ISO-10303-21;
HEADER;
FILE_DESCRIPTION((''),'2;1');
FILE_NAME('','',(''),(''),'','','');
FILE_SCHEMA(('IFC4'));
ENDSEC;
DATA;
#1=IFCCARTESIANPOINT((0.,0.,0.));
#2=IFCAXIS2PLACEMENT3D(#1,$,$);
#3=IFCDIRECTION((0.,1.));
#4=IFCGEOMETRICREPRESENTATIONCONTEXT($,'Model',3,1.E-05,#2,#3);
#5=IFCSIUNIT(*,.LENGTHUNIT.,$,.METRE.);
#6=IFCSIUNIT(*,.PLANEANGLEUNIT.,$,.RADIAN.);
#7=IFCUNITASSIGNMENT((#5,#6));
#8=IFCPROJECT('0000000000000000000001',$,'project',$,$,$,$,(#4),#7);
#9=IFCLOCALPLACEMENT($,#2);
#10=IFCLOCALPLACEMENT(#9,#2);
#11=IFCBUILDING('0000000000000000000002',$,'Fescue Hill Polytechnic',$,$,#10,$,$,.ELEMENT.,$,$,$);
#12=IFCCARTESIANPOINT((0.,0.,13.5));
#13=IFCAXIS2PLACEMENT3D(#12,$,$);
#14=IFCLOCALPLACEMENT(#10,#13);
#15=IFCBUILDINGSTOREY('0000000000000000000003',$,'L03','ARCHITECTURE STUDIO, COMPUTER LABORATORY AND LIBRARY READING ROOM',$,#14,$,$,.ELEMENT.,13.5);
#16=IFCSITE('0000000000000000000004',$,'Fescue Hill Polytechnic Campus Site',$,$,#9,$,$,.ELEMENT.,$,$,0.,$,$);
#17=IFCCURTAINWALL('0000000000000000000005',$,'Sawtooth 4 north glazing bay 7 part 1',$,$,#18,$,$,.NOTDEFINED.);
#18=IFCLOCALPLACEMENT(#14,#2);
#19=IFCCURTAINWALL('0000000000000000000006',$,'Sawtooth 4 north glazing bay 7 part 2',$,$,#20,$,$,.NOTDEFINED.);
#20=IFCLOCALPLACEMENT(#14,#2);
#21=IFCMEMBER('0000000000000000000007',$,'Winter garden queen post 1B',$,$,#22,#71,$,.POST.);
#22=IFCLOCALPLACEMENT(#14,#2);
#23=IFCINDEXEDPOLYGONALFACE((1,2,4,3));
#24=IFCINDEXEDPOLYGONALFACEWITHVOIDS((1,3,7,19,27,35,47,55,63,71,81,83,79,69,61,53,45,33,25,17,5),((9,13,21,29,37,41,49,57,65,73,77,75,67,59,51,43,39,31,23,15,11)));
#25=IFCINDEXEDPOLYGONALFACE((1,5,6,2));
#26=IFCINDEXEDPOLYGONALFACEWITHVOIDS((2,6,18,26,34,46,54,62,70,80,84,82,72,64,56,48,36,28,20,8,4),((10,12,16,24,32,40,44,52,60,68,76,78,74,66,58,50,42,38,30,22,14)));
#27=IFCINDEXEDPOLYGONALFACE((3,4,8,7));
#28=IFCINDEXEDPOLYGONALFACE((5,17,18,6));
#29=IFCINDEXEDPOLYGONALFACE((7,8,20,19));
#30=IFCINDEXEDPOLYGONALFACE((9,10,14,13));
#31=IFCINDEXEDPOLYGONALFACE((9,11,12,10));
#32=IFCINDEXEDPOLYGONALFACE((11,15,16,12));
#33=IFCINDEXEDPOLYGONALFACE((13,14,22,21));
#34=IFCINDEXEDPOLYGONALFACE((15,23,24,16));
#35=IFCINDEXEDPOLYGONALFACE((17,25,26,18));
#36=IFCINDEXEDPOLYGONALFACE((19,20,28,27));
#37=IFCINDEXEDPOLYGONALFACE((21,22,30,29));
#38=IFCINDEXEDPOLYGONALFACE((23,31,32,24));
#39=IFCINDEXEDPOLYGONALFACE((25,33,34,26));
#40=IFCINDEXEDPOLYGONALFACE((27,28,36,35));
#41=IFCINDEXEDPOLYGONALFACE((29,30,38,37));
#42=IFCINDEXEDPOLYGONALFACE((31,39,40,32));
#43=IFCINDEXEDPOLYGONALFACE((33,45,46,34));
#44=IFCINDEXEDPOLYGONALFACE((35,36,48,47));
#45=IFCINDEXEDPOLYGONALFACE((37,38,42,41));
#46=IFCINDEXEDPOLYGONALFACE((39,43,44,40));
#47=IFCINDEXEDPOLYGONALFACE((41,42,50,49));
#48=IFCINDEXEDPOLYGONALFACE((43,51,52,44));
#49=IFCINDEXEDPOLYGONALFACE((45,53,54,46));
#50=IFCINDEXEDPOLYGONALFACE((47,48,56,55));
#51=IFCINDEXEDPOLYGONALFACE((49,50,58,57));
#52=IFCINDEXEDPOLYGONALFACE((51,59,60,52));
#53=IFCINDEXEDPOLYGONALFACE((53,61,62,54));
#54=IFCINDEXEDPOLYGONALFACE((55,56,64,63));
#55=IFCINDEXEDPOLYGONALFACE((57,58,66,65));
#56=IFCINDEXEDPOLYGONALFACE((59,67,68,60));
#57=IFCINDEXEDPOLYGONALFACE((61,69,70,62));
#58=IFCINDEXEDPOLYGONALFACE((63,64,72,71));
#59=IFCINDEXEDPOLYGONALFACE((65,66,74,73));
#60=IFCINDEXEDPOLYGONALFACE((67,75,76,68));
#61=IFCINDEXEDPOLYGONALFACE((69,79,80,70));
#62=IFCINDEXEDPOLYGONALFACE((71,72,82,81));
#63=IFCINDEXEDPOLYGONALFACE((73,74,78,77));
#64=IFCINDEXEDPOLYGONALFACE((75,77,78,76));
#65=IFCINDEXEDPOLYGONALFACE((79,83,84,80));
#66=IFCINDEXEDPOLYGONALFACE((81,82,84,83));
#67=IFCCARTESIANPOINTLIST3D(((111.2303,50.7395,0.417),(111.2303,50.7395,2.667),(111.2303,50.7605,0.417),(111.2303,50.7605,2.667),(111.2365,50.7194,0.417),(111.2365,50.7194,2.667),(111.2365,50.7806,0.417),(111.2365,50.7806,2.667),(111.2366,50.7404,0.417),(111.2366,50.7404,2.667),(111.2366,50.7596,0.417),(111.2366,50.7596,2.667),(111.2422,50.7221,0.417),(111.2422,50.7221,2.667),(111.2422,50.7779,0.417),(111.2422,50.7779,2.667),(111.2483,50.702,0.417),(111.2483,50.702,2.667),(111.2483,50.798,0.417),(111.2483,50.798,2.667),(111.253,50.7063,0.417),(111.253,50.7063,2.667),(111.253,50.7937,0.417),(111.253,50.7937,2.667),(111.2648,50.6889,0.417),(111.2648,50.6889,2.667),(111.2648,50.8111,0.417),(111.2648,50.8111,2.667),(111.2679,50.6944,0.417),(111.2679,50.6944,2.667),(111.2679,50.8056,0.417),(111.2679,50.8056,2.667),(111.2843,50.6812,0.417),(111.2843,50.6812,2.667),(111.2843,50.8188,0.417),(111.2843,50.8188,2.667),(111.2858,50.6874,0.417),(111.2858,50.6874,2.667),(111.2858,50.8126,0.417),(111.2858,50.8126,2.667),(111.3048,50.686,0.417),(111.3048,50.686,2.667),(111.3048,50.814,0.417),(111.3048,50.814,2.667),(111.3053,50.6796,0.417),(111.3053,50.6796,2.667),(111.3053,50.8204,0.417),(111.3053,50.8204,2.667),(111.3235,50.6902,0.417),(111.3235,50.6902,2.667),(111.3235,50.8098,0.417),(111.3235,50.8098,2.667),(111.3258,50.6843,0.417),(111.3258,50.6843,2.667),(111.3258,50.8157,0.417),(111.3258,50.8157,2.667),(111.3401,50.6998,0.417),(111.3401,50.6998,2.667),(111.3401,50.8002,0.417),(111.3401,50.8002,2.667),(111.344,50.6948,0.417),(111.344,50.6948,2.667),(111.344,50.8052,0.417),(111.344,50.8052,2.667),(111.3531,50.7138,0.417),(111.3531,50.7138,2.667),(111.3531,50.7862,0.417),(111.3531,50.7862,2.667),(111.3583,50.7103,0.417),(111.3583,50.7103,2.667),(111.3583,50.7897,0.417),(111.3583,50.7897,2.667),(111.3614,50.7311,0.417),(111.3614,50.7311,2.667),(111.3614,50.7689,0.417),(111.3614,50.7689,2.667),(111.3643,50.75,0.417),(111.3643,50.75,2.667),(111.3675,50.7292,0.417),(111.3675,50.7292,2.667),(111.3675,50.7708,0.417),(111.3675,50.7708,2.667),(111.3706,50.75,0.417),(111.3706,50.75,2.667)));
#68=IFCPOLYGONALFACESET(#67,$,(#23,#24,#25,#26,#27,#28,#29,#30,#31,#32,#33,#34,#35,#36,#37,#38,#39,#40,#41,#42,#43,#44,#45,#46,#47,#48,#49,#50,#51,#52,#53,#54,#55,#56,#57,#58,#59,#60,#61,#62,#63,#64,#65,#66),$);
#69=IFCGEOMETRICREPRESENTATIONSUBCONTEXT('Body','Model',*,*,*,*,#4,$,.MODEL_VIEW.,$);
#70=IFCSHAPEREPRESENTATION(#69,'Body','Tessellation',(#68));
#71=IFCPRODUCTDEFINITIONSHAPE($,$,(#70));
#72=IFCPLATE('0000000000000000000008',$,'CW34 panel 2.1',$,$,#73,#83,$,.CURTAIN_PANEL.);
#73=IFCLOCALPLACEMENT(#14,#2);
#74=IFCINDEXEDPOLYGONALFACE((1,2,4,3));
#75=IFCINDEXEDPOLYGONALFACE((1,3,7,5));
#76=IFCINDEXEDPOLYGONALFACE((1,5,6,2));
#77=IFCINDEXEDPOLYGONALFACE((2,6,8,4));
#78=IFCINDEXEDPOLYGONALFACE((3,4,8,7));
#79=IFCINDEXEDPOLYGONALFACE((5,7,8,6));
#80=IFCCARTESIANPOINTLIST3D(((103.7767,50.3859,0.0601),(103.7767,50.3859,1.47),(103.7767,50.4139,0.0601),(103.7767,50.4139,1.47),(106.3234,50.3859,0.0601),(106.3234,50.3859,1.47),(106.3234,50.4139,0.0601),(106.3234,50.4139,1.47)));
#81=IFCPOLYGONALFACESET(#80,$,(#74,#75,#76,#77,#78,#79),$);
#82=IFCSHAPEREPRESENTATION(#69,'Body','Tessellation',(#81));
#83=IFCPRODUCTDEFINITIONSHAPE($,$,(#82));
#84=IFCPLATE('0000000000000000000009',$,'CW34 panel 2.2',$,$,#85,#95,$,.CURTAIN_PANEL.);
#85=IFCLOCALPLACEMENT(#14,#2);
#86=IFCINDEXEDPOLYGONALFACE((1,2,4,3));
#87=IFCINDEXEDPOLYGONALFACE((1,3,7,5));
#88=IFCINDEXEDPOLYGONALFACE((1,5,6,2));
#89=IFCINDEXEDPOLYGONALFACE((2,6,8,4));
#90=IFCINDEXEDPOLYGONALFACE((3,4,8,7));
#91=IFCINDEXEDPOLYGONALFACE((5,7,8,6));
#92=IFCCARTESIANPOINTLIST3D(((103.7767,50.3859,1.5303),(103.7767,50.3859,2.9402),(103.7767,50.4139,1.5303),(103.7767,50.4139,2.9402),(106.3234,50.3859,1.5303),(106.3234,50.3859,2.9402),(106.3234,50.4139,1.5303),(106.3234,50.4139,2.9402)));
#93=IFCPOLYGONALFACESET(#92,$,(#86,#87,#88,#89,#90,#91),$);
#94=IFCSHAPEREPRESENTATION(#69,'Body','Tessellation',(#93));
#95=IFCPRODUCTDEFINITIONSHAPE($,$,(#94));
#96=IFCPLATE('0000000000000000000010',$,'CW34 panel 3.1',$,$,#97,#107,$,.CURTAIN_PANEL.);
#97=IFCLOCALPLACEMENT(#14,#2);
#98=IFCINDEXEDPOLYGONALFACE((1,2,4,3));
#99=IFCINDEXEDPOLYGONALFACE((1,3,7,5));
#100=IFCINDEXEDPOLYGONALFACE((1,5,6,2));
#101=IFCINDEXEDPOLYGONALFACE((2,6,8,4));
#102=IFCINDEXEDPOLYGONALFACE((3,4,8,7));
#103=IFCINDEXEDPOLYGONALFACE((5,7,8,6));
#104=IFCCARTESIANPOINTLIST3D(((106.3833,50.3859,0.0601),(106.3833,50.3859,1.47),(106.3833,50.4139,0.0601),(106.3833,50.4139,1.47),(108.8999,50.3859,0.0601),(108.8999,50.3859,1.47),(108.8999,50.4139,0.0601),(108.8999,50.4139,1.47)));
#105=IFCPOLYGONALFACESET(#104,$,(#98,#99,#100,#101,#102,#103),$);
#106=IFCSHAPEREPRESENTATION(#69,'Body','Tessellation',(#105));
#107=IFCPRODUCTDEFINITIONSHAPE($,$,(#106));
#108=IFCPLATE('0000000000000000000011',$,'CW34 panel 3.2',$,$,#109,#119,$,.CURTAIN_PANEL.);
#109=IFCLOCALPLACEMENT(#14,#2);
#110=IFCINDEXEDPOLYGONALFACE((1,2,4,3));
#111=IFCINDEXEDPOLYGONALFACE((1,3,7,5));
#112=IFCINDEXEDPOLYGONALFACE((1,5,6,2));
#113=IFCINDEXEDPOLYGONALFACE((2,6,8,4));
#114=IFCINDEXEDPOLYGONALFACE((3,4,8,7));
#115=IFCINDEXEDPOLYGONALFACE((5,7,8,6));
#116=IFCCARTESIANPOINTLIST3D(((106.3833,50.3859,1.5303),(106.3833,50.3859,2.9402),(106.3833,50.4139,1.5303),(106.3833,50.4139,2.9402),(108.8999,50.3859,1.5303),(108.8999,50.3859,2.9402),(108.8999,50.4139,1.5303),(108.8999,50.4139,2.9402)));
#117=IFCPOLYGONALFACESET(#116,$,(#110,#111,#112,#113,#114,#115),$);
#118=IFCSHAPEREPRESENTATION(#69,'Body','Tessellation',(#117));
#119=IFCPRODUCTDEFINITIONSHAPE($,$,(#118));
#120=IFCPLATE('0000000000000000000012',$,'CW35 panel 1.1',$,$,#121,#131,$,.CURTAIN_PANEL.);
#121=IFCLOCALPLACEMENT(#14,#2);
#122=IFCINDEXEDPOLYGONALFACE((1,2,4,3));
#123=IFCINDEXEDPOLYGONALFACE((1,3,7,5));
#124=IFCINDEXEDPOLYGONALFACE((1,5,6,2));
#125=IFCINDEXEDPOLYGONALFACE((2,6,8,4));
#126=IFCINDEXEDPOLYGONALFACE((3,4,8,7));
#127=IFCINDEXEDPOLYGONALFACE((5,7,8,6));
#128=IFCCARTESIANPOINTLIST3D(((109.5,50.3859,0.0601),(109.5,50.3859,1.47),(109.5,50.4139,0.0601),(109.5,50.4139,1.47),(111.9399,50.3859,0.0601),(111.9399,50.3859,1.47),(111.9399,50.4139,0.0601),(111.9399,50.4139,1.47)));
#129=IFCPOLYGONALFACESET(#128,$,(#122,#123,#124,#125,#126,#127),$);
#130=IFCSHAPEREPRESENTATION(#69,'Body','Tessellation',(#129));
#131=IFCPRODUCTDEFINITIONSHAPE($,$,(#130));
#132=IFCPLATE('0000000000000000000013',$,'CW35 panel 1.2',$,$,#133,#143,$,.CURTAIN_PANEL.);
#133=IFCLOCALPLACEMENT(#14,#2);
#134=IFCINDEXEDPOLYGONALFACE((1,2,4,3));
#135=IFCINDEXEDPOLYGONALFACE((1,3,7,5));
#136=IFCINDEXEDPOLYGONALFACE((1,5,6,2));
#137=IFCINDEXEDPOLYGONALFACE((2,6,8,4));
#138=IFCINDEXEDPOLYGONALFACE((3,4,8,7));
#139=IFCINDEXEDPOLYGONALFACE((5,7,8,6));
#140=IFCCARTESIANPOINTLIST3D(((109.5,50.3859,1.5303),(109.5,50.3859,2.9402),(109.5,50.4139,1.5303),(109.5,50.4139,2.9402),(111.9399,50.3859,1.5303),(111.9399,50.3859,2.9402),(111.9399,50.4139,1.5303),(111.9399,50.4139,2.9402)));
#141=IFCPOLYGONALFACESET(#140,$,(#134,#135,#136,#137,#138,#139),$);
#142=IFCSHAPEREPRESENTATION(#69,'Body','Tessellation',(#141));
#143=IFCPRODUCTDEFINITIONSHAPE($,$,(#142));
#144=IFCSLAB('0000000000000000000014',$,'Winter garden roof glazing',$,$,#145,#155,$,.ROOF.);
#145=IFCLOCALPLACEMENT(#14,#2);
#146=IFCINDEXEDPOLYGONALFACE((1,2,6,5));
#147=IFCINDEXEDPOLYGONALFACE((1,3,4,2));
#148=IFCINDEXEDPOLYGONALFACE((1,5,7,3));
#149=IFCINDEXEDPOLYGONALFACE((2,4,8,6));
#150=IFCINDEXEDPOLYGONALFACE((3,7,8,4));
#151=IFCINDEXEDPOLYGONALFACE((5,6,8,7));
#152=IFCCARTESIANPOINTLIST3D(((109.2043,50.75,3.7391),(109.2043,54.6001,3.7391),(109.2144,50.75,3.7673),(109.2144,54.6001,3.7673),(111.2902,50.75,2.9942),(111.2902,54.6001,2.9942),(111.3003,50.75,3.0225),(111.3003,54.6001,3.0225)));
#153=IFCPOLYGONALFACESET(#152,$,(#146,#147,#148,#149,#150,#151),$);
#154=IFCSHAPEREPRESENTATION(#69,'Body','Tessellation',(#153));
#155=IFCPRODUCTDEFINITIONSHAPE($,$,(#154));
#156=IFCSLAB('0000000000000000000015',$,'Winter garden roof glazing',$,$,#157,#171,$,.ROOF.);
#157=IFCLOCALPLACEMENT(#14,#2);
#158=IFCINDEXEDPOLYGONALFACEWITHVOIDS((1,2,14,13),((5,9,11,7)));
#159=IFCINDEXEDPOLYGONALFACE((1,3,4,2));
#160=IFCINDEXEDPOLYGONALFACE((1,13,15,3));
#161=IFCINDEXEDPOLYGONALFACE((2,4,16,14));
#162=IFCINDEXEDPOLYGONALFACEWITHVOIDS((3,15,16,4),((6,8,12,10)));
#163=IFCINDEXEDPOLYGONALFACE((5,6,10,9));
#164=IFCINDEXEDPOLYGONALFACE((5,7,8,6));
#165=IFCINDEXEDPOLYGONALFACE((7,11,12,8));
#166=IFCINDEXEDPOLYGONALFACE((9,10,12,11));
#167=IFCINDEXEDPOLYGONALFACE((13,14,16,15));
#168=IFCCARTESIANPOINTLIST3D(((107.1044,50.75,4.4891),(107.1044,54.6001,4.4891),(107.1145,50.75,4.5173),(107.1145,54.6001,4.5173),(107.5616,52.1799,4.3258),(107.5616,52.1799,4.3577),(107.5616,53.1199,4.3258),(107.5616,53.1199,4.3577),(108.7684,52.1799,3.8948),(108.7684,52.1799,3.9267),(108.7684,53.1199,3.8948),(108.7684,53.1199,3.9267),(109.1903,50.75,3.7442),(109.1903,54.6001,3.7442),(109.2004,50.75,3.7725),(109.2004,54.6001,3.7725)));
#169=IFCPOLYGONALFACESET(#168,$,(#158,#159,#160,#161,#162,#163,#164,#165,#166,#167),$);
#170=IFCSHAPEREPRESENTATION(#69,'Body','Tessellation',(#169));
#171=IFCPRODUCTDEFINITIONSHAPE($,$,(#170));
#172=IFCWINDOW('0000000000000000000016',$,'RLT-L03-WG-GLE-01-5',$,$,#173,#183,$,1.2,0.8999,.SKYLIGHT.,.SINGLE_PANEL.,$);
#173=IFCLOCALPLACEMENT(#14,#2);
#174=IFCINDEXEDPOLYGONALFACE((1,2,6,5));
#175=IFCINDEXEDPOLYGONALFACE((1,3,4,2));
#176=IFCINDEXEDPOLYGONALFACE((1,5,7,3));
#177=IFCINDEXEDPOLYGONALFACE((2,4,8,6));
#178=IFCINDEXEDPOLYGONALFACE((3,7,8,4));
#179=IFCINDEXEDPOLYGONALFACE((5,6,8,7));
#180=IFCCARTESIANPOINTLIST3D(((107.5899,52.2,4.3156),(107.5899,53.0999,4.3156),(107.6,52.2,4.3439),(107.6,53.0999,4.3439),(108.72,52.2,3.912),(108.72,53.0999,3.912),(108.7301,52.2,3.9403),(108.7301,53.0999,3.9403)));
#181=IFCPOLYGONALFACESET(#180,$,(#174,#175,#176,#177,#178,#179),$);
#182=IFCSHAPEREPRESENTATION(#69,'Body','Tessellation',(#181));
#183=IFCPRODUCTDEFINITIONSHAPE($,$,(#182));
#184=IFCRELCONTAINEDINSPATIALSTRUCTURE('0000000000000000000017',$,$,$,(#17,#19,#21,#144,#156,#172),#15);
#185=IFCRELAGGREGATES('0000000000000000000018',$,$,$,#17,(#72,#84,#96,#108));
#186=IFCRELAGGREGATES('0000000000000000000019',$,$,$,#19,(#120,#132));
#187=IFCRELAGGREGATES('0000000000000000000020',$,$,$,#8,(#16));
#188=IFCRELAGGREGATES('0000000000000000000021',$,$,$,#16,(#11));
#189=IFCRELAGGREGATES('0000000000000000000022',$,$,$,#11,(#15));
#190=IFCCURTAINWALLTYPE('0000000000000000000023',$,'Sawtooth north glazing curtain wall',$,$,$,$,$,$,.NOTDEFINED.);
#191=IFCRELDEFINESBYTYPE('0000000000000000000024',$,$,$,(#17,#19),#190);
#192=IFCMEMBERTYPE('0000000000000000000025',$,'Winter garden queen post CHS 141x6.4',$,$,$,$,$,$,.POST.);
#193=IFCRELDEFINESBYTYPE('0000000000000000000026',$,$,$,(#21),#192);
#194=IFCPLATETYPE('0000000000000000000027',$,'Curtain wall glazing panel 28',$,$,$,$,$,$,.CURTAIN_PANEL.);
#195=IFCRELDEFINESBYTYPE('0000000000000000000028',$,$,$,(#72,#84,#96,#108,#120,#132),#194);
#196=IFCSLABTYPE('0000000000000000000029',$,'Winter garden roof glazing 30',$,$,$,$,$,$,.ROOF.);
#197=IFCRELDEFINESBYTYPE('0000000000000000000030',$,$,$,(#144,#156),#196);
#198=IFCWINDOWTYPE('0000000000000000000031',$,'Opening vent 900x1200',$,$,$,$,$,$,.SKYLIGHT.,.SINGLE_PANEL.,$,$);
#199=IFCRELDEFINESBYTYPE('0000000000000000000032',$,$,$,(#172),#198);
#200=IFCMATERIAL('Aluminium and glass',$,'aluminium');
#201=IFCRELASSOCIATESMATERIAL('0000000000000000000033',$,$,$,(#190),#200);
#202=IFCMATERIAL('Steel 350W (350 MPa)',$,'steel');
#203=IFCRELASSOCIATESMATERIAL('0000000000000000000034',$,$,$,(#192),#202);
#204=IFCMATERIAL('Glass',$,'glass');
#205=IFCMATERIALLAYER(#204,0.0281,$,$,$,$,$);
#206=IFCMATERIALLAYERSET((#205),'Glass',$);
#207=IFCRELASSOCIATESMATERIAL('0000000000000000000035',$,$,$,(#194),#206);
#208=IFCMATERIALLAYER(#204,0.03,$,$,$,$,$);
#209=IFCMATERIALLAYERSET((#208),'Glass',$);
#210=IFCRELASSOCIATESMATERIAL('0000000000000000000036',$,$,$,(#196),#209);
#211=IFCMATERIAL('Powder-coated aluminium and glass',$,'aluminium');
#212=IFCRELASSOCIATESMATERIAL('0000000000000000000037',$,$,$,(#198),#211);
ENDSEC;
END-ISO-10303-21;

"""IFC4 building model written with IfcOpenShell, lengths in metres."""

from ifc_helpers import new_model, si_unit, direction, frame, origin, origin_2d, place, context, subcontext, project, spatial, polyline, rectangle, hollow_circle, outline, extrude, material, layer, layer_set, material_profile, profile_set, type_object, element, fill, aggregate, save


model = new_model("IFC4")

# Units and contexts
model_context = context("Model", 3, precision=1e-05, world=origin(), true_north=direction((0.0, 1.0)))
body_context = subcontext(model_context, "Body", "Model", "MODEL_VIEW")
ifc_project = project(units=[si_unit("LENGTHUNIT", "METRE"), si_unit("PLANEANGLEUNIT", "RADIAN")], contexts=[model_context])

# Site, building, storey
site_placement = place(None, origin())
site = spatial("IfcSite", under=ifc_project, at=site_placement, Name="Fescue Hill Polytechnic Campus Site", CompositionType="ELEMENT", RefElevation=0.0)
building_placement = place(site_placement, origin())
building = spatial("IfcBuilding", under=site, at=building_placement, Name="Fescue Hill Polytechnic", CompositionType="ELEMENT")
storey_placement = place(building_placement, frame((0.0, 0.0, 13.5)))
storey = spatial("IfcBuildingStorey", under=building, at=storey_placement, Name="L03", Description="ARCHITECTURE STUDIO, COMPUTER LABORATORY AND LIBRARY READING ROOM", CompositionType="ELEMENT", Elevation=13.5)

# Curtain walls
ifc_material_1 = material(Name="Aluminium and glass", Category="aluminium")
curtain_wall_type = type_object("IfcCurtainWallType", Name="Sawtooth north glazing curtain wall", PredefinedType="NOTDEFINED", material=ifc_material_1)
curtain_wall_1_placement = place(storey_placement, origin())
curtain_wall_1 = element("IfcCurtainWall", 1, at=curtain_wall_1_placement, inside=storey, type_object=curtain_wall_type, Name="Sawtooth 4 north glazing bay 7 part 1", PredefinedType="NOTDEFINED")
curtain_wall_2_placement = place(storey_placement, origin())
curtain_wall_2 = element("IfcCurtainWall", 2, at=curtain_wall_2_placement, inside=storey, type_object=curtain_wall_type, Name="Sawtooth 4 north glazing bay 7 part 2", PredefinedType="NOTDEFINED")

# Member
ifc_material_2 = material(Name="Steel 350W (350 MPa)", Category="steel")
ifc_material_profile_1 = material_profile(ifc_material_2, hollow_circle(Radius=0.0706, WallThickness=0.0063, at=origin_2d()), Name="Winter garden queen post CHS 141x6.4")
ifc_profile_set_1 = profile_set([ifc_material_profile_1], Name="Steel 350W (350 MPa)")
member_type_1 = type_object("IfcMemberType", Name="Winter garden queen post CHS 141x6.4", PredefinedType="POST", material=ifc_profile_set_1)
member_1_placement = place(storey_placement, frame((111.3, 50.75, 0.417), z_axis=(0.0, 0.0, 1.0), x_axis=(1.0, 0.0, 0.0)))
element("IfcMember", 3, at=member_1_placement, inside=storey, type_object=member_type_1, Name="Winter garden queen post 1B", PredefinedType="POST", context=body_context, shape_type="SweptSolid", body=[
    extrude(hollow_circle(Radius=0.0706, WallThickness=0.0063, at=origin_2d()), origin(), (0.0, 0.0, 1.0), 2.25),
])

# Plates
ifc_material_3 = material(Name="Glass", Category="glass")
ifc_layer_1 = layer(ifc_material_3, 0.0281)
ifc_layer_set_1 = layer_set([ifc_layer_1], Name="Glass")
plate_type = type_object("IfcPlateType", Name="Curtain wall glazing panel 28", PredefinedType="CURTAIN_PANEL", material=ifc_layer_set_1)
plate_1_placement = place(storey_placement, frame((105.05, 50.3999, 0.0601), z_axis=(0.0, 0.0, 1.0), x_axis=(1.0, 0.0, 0.0)))
plate_1 = element("IfcPlate", 4, at=plate_1_placement, type_object=plate_type, Name="CW34 panel 2.1", PredefinedType="CURTAIN_PANEL", context=body_context, shape_type="SweptSolid", body=[
    extrude(rectangle(XDim=2.5466, YDim=0.0281, at=origin_2d()), origin(), (0.0, 0.0, 1.0), 1.4099),
])
plate_2_placement = place(storey_placement, frame((105.05, 50.3999, 1.5303), z_axis=(0.0, 0.0, 1.0), x_axis=(1.0, 0.0, 0.0)))
plate_2 = element("IfcPlate", 5, at=plate_2_placement, type_object=plate_type, Name="CW34 panel 2.2", PredefinedType="CURTAIN_PANEL", context=body_context, shape_type="SweptSolid", body=[
    extrude(rectangle(XDim=2.5466, YDim=0.0281, at=origin_2d()), origin(), (0.0, 0.0, 1.0), 1.4099),
])
plate_3_placement = place(storey_placement, frame((107.6416, 50.3999, 0.0601), z_axis=(0.0, 0.0, 1.0), x_axis=(1.0, 0.0, 0.0)))
plate_3 = element("IfcPlate", 6, at=plate_3_placement, type_object=plate_type, Name="CW34 panel 3.1", PredefinedType="CURTAIN_PANEL", context=body_context, shape_type="SweptSolid", body=[
    extrude(rectangle(XDim=2.5166, YDim=0.0281, at=origin_2d()), origin(), (0.0, 0.0, 1.0), 1.4099),
])
plate_4_placement = place(storey_placement, frame((107.6416, 50.3999, 1.5303), z_axis=(0.0, 0.0, 1.0), x_axis=(1.0, 0.0, 0.0)))
plate_4 = element("IfcPlate", 7, at=plate_4_placement, type_object=plate_type, Name="CW34 panel 3.2", PredefinedType="CURTAIN_PANEL", context=body_context, shape_type="SweptSolid", body=[
    extrude(rectangle(XDim=2.5166, YDim=0.0281, at=origin_2d()), origin(), (0.0, 0.0, 1.0), 1.4099),
])
aggregate(curtain_wall_1, [plate_1, plate_2, plate_3, plate_4])
plate_5_placement = place(storey_placement, frame((110.72, 50.3999, 0.0601), z_axis=(0.0, 0.0, 1.0), x_axis=(1.0, 0.0, 0.0)))
plate_5 = element("IfcPlate", 8, at=plate_5_placement, type_object=plate_type, Name="CW35 panel 1.1", PredefinedType="CURTAIN_PANEL", context=body_context, shape_type="SweptSolid", body=[
    extrude(rectangle(XDim=2.4399, YDim=0.0281, at=origin_2d()), origin(), (0.0, 0.0, 1.0), 1.4099),
])
plate_6_placement = place(storey_placement, frame((110.72, 50.3999, 1.5303), z_axis=(0.0, 0.0, 1.0), x_axis=(1.0, 0.0, 0.0)))
plate_6 = element("IfcPlate", 9, at=plate_6_placement, type_object=plate_type, Name="CW35 panel 1.2", PredefinedType="CURTAIN_PANEL", context=body_context, shape_type="SweptSolid", body=[
    extrude(rectangle(XDim=2.4399, YDim=0.0281, at=origin_2d()), origin(), (0.0, 0.0, 1.0), 1.4099),
])
aggregate(curtain_wall_2, [plate_5, plate_6])

# Slab
ifc_layer_2 = layer(ifc_material_3, 0.03)
ifc_layer_set_2 = layer_set([ifc_layer_2], Name="Glass")
slab_type = type_object("IfcSlabType", Name="Winter garden roof glazing 30", PredefinedType="ROOF", material=ifc_layer_set_2)
slab_1_placement = place(storey_placement, frame((111.3003, 50.75, 3.0225), z_axis=(0.336295, 0.0, 0.941757), x_axis=(0.0, 1.0, 0.0)))
element("IfcSlab", 10, at=slab_1_placement, inside=storey, type_object=slab_type, Name="Winter garden roof glazing", PredefinedType="ROOF", context=body_context, shape_type="SweptSolid", body=[
    extrude(outline(polyline([(0.0, 0.0), (3.8501, 0.0), (3.8501, 2.2149), (0.0, 2.2149), (0.0, 0.0)])), origin(), (0.0, 0.0, -1.0), 0.03),
])

# Slab, opening, window
slab_2_placement = place(storey_placement, frame((109.2004, 50.75, 3.7725), z_axis=(0.336295, 0.0, 0.941757), x_axis=(0.0, 1.0, 0.0)))
slab_2 = element("IfcSlab", 11, at=slab_2_placement, inside=storey, type_object=slab_type, Name="Winter garden roof glazing", PredefinedType="ROOF", context=body_context, shape_type="SweptSolid", body=[
    extrude(outline(polyline([(0.0, 0.0), (3.8501, 0.0), (3.8501, 2.2149), (0.0, 2.2149), (0.0, 0.0)])), origin(), (0.0, 0.0, -1.0), 0.03),
])
opening_placement = place(storey_placement, frame((108.165, 52.6499, 3.7961)))
opening = element("IfcOpeningElement", 12, at=opening_placement, cuts=slab_2, PredefinedType="OPENING", context=body_context, shape_type="SweptSolid", body=[
    extrude(rectangle(XDim=1.2068, YDim=0.9399, at=origin_2d()), origin(), (0.0, 0.0, 1.0), 0.6604),
])
ifc_material_4 = material(Name="Powder-coated aluminium and glass", Category="aluminium")
window_type = type_object("IfcWindowType", Name="Opening vent 900x1200", PartitioningType="SINGLE_PANEL", PredefinedType="SKYLIGHT", material=ifc_material_4)
window_placement = place(storey_placement, frame((108.165, 52.6499, 4.1421), z_axis=(0.336295, 0.0, 0.941757), x_axis=(0.0, 1.0, 0.0)))
window = element("IfcWindow", 13, at=window_placement, inside=storey, type_object=window_type, Name="RLT-L03-WG-GLE-01-5", OverallHeight=1.2, OverallWidth=0.8999, PartitioningType="SINGLE_PANEL", PredefinedType="SKYLIGHT", context=body_context, shape_type="SweptSolid", body=[
    extrude(rectangle(XDim=0.8999, YDim=1.2, at=origin_2d()), origin(), (0.0, 0.0, -1.0), 0.03),
])
fill(opening, window)

save(model, "model.ifc")
